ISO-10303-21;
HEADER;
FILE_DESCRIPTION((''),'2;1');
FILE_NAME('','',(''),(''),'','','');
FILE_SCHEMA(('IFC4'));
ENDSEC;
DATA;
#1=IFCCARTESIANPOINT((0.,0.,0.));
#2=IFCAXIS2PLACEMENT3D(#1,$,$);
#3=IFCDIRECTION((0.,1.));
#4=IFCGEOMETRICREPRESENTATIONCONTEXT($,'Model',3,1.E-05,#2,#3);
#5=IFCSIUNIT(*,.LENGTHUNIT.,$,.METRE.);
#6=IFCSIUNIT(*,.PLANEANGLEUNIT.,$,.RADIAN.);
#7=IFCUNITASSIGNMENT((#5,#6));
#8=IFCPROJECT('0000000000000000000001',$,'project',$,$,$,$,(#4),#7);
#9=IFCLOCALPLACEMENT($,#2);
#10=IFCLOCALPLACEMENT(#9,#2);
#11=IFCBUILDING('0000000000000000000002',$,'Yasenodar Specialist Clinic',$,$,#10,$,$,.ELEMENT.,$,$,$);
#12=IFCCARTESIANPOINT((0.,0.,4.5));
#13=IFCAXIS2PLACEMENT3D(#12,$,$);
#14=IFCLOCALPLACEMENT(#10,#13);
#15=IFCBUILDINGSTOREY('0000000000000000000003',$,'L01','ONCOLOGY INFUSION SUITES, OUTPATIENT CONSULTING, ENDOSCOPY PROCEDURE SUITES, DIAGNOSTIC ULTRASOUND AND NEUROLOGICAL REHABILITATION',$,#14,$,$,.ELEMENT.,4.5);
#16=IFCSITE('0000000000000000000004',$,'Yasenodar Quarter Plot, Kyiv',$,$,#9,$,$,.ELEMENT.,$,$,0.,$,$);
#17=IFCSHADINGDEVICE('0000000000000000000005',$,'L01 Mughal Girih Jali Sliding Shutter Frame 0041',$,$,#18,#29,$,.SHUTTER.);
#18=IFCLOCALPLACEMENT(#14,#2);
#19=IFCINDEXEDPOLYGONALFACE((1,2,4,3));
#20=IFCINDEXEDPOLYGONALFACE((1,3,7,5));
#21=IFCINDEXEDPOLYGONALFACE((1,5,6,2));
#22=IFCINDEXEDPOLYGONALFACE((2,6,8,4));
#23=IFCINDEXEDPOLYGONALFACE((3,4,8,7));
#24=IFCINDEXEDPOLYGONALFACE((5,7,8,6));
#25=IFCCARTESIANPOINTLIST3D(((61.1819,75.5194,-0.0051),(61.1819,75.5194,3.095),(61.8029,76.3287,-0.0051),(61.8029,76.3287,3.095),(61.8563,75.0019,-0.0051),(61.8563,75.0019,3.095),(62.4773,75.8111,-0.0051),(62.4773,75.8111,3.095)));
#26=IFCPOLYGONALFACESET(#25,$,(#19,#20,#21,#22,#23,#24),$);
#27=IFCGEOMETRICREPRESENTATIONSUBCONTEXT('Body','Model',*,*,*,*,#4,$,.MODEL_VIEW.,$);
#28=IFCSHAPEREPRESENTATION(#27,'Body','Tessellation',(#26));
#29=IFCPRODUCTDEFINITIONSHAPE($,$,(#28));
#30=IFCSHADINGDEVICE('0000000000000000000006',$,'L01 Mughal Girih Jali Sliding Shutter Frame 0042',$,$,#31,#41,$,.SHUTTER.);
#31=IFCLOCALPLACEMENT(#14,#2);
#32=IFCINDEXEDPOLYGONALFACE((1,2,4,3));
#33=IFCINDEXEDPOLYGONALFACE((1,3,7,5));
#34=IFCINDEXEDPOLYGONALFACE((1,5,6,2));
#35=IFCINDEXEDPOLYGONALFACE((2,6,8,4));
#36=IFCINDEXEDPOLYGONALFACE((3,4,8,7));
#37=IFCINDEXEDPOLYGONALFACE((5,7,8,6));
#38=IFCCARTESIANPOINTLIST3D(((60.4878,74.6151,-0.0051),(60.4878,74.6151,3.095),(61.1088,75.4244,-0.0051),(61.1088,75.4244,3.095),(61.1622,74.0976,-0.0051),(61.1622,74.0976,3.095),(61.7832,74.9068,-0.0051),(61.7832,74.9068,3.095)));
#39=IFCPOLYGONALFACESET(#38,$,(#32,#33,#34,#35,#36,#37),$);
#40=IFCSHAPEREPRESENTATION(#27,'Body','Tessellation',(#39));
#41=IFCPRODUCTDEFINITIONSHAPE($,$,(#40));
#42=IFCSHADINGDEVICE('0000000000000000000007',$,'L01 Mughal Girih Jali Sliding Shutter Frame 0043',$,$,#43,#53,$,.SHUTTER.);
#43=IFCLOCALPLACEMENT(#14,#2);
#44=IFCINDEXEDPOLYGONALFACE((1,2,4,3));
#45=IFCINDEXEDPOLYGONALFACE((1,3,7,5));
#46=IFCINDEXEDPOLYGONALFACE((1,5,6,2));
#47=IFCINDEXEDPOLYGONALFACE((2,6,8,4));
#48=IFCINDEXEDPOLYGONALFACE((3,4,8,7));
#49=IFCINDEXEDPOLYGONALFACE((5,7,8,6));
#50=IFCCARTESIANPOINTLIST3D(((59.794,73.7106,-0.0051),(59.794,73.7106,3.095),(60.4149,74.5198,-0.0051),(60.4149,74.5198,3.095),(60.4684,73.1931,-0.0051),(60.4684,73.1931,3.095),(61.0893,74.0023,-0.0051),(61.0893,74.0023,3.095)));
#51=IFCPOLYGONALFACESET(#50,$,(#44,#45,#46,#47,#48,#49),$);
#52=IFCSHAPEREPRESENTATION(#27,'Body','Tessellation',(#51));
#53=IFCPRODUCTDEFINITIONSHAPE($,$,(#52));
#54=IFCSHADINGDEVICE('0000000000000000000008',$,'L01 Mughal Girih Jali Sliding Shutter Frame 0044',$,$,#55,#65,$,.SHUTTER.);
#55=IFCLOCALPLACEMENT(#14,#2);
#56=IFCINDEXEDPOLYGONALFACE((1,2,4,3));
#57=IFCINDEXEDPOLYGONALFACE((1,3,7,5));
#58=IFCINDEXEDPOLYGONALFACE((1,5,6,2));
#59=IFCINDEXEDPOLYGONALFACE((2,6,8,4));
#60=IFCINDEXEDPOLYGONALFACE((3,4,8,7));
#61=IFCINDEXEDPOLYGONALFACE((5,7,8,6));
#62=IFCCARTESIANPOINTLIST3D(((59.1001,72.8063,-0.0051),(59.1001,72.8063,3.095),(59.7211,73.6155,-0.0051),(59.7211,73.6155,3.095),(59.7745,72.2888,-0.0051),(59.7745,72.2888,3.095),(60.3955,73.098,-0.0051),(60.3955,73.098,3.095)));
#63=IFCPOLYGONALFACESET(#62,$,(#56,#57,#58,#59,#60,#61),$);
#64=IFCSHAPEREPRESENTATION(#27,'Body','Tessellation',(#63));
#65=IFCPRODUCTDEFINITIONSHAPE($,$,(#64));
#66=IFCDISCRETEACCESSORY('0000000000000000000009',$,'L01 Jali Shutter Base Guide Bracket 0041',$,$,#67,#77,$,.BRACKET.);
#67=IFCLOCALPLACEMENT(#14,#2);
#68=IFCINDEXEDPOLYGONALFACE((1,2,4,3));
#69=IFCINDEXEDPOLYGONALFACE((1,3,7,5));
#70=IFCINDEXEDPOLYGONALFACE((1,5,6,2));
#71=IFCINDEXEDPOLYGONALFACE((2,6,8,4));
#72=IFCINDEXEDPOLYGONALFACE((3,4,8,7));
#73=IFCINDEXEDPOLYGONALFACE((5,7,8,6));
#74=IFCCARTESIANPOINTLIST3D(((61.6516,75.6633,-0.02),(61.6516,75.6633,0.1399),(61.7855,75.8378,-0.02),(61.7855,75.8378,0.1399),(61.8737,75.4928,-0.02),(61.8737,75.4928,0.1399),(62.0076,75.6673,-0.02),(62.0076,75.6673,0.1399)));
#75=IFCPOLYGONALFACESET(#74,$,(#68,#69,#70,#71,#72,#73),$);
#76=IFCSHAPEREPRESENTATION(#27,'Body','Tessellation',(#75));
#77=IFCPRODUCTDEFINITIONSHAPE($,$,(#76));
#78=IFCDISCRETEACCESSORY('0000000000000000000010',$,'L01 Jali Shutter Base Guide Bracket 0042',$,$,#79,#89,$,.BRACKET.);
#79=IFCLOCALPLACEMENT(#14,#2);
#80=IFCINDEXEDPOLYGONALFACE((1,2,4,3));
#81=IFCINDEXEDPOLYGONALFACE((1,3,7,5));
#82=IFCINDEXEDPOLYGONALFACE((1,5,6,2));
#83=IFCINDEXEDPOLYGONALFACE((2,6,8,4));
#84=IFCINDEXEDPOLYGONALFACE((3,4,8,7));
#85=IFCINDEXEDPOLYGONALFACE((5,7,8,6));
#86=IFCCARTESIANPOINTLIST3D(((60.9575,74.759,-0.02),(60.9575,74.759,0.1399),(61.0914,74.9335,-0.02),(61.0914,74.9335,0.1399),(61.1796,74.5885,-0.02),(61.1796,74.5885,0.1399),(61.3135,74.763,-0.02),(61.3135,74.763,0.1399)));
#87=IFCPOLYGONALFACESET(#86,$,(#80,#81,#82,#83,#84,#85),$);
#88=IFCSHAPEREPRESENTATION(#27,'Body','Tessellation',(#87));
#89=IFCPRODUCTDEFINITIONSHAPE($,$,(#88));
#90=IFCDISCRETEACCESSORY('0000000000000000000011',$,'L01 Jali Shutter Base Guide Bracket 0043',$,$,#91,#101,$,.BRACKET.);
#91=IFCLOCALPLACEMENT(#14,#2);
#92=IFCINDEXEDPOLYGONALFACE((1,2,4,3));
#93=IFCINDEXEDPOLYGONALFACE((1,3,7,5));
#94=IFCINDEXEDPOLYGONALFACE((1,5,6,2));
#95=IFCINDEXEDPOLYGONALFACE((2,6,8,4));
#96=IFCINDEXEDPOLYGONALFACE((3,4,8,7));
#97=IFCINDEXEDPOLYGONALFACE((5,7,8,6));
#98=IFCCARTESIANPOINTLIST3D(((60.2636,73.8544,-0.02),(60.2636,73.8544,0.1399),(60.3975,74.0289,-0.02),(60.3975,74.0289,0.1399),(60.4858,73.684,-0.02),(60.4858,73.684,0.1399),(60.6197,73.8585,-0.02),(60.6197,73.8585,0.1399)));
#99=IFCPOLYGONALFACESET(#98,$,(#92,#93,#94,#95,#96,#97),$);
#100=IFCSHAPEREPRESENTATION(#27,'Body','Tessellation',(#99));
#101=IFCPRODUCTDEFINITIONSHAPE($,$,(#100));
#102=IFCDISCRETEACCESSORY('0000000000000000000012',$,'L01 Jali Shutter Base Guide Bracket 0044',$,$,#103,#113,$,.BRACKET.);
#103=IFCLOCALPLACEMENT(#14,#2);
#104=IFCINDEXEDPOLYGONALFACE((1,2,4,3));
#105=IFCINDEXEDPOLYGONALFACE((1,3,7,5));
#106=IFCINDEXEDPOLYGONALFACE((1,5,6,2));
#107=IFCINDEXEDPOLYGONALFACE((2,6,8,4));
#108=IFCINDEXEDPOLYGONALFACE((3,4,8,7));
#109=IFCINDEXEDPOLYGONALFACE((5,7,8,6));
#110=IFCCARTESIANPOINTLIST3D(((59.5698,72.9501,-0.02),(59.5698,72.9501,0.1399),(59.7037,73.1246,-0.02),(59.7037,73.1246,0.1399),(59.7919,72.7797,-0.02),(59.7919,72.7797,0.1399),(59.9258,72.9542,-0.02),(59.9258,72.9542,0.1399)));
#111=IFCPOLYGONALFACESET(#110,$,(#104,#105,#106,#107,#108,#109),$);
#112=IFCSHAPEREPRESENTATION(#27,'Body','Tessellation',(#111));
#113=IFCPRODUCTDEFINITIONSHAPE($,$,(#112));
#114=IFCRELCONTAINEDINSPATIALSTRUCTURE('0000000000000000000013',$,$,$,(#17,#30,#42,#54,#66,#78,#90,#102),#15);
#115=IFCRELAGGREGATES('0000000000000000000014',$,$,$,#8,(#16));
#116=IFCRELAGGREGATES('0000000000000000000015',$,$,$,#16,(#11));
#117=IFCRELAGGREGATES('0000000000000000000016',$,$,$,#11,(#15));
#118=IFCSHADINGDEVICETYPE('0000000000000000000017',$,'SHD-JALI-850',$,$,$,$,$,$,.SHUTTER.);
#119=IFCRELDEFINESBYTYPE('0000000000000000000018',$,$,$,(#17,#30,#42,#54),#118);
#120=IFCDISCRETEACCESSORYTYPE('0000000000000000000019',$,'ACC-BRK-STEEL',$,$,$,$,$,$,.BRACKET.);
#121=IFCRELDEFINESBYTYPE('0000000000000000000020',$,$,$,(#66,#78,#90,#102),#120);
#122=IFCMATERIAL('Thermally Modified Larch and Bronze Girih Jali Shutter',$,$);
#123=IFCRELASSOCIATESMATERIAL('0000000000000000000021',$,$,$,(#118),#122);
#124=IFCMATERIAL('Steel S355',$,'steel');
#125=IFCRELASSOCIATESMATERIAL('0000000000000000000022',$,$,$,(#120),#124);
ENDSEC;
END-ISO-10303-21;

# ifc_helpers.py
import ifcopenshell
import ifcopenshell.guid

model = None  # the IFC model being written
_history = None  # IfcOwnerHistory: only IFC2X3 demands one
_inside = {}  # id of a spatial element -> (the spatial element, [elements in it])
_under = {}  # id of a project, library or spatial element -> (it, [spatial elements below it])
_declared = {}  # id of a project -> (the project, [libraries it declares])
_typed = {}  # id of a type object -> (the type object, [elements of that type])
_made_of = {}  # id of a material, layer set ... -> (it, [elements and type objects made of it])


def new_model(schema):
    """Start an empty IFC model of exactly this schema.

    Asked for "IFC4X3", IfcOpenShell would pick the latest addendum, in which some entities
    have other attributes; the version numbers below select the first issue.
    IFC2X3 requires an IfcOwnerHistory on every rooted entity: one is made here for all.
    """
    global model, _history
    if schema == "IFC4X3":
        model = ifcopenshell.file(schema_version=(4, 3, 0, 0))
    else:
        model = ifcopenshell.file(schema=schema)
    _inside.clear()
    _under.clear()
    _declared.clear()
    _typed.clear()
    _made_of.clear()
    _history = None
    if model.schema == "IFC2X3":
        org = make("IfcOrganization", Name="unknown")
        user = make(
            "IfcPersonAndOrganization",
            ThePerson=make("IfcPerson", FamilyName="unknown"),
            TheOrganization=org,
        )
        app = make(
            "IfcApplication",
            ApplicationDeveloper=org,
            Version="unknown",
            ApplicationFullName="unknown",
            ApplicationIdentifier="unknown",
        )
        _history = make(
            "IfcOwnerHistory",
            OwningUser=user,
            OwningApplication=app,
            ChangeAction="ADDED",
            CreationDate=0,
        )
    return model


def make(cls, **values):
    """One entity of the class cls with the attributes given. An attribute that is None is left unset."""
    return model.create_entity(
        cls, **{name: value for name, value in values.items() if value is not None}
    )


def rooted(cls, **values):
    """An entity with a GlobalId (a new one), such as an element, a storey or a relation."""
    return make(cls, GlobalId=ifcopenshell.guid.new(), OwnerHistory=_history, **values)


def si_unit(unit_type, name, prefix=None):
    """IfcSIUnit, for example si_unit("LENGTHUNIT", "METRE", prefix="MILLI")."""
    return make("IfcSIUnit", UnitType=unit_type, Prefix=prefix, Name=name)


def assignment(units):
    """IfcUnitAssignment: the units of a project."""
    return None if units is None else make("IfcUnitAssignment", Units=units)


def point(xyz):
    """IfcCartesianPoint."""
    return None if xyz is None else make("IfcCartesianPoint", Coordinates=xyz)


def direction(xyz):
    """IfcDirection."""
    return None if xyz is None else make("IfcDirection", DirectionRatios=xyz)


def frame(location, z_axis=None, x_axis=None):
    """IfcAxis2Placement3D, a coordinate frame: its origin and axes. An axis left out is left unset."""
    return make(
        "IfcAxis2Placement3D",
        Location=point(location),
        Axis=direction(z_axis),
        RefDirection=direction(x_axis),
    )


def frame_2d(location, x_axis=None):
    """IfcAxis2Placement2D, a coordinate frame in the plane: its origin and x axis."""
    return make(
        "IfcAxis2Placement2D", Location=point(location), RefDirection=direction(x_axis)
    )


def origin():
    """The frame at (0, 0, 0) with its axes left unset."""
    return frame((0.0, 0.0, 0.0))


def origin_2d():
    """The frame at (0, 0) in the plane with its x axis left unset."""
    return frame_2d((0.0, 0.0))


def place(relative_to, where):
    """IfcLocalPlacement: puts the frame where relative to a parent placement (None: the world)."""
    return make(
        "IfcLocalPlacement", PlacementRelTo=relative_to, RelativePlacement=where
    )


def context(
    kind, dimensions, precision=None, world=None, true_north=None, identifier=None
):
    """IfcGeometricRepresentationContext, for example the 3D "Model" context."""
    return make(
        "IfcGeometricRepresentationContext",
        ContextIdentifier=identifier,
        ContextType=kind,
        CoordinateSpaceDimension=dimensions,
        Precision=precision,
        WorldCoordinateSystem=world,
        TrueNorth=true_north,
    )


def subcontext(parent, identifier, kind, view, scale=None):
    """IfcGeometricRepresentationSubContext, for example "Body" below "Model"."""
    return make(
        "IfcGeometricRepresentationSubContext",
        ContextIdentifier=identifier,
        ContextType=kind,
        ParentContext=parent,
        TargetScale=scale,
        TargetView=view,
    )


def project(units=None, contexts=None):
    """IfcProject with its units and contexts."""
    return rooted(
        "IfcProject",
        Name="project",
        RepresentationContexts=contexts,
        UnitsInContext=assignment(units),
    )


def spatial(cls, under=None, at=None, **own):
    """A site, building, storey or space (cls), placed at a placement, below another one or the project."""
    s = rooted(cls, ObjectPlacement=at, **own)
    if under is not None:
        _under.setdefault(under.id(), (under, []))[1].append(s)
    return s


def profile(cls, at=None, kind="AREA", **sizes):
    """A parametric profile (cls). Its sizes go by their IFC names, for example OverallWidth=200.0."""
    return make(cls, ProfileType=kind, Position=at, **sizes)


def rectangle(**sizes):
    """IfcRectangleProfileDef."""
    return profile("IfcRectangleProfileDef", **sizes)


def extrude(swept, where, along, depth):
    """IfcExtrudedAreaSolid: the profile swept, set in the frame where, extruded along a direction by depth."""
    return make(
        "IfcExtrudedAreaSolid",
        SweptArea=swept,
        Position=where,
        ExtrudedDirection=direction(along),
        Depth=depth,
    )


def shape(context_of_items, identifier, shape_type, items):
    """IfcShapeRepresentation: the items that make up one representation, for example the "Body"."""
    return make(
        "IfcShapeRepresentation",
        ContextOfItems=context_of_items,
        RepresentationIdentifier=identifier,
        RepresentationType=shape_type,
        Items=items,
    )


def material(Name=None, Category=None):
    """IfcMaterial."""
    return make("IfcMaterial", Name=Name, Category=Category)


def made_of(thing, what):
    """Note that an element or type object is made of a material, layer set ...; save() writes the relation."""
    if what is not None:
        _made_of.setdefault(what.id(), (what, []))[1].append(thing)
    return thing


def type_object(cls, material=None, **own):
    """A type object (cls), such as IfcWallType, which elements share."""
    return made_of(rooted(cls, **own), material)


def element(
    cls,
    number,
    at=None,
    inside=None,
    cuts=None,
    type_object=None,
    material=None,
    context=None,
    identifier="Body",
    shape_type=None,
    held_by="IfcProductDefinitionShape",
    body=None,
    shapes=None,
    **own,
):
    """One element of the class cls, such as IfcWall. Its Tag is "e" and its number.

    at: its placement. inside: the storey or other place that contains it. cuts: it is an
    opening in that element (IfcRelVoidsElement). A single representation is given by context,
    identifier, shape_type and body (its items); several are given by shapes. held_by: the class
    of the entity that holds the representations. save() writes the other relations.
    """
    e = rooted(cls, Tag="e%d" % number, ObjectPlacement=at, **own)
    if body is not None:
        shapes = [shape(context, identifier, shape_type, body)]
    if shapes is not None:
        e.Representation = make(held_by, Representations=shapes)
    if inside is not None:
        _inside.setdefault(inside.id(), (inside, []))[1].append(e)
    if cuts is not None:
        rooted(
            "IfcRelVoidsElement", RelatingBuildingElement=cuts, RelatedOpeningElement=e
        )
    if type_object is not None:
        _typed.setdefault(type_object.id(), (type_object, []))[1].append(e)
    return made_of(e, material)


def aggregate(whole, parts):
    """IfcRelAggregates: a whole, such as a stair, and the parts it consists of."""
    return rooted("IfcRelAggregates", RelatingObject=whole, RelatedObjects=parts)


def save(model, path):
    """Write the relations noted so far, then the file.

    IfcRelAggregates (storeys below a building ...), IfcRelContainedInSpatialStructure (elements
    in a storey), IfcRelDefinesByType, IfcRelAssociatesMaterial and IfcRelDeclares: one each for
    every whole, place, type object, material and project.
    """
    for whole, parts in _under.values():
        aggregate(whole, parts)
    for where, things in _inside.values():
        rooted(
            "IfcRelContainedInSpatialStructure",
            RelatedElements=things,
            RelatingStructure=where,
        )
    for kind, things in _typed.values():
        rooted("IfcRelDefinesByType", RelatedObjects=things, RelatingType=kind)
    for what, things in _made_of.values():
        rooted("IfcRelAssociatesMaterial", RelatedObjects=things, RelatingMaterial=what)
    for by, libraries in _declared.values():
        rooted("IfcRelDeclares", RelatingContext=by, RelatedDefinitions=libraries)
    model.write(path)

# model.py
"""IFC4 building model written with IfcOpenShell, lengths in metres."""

from ifc_helpers import new_model, si_unit, direction, frame, origin, origin_2d, place, context, subcontext, project, spatial, rectangle, extrude, material, type_object, element, save


model = new_model("IFC4")

# Units and contexts
model_context = context("Model", 3, precision=1e-05, world=origin(), true_north=direction((0.0, 1.0)))
body_context = subcontext(model_context, "Body", "Model", "MODEL_VIEW")
ifc_project = project(units=[si_unit("LENGTHUNIT", "METRE"), si_unit("PLANEANGLEUNIT", "RADIAN")], contexts=[model_context])

# Site, building, storey
site_placement = place(None, origin())
site = spatial("IfcSite", under=ifc_project, at=site_placement, Name="Yasenodar Quarter Plot, Kyiv", CompositionType="ELEMENT", RefElevation=0.0)
building_placement = place(site_placement, origin())
building = spatial("IfcBuilding", under=site, at=building_placement, Name="Yasenodar Specialist Clinic", CompositionType="ELEMENT")
storey_placement = place(building_placement, frame((0.0, 0.0, 4.5)))
storey = spatial("IfcBuildingStorey", under=building, at=storey_placement, Name="L01", Description="ONCOLOGY INFUSION SUITES, OUTPATIENT CONSULTING, ENDOSCOPY PROCEDURE SUITES, DIAGNOSTIC ULTRASOUND AND NEUROLOGICAL REHABILITATION", CompositionType="ELEMENT", Elevation=4.5)

# Shading devices
ifc_material_1 = material(Name="Thermally Modified Larch and Bronze Girih Jali Shutter")
shading_device_type = type_object("IfcShadingDeviceType", Name="SHD-JALI-850", PredefinedType="SHUTTER", material=ifc_material_1)
for number, where, z_axis, x_axis, name in (
    (1, (61.8296, 75.6653, -0.0051), (0.0, 0.0, 1.0), (-0.608764, -0.793351, 0.0), "L01 Mughal Girih Jali Sliding Shutter Frame 0041"),
    (2, (61.1355, 74.761, -0.0051), (0.0, 0.0, 1.0), (-0.608764, -0.793351, 0.0), "L01 Mughal Girih Jali Sliding Shutter Frame 0042"),
    (3, (60.4417, 73.8564, -0.0051), (0.0, 0.0, 1.0), (-0.608764, -0.793351, 0.0), "L01 Mughal Girih Jali Sliding Shutter Frame 0043"),
    (4, (59.7478, 72.9521, -0.0051), (0.0, 0.0, 1.0), (-0.608764, -0.793351, 0.0), "L01 Mughal Girih Jali Sliding Shutter Frame 0044"),
):
    element("IfcShadingDevice", number, at=place(storey_placement, frame(where, z_axis=z_axis, x_axis=x_axis)), inside=storey, type_object=shading_device_type, Name=name, PredefinedType="SHUTTER", context=body_context, shape_type="SweptSolid", body=[
        extrude(rectangle(XDim=1.02, YDim=0.8501, at=origin_2d()), origin(), (0.0, 0.0, 1.0), 3.1001),
    ])

# Discrete accessories
ifc_material_2 = material(Name="Steel S355", Category="steel")
discrete_accessory_type = type_object("IfcDiscreteAccessoryType", Name="ACC-BRK-STEEL", PredefinedType="BRACKET", material=ifc_material_2)
for number, where, z_axis, x_axis, name in (
    (5, (61.8296, 75.6653, -0.02), (0.0, 0.0, 1.0), (-0.608764, -0.793351, 0.0), "L01 Jali Shutter Base Guide Bracket 0041"),
    (6, (61.1355, 74.761, -0.02), (0.0, 0.0, 1.0), (-0.608764, -0.793351, 0.0), "L01 Jali Shutter Base Guide Bracket 0042"),
    (7, (60.4417, 73.8564, -0.02), (0.0, 0.0, 1.0), (-0.608764, -0.793351, 0.0), "L01 Jali Shutter Base Guide Bracket 0043"),
    (8, (59.7478, 72.9521, -0.02), (0.0, 0.0, 1.0), (-0.608764, -0.793351, 0.0), "L01 Jali Shutter Base Guide Bracket 0044"),
):
    element("IfcDiscreteAccessory", number, at=place(storey_placement, frame(where, z_axis=z_axis, x_axis=x_axis)), inside=storey, type_object=discrete_accessory_type, Name=name, PredefinedType="BRACKET", context=body_context, shape_type="SweptSolid", body=[
        extrude(rectangle(XDim=0.22, YDim=0.28, at=origin_2d()), origin(), (0.0, 0.0, 1.0), 0.1599),
    ])

save(model, "model.ifc")
